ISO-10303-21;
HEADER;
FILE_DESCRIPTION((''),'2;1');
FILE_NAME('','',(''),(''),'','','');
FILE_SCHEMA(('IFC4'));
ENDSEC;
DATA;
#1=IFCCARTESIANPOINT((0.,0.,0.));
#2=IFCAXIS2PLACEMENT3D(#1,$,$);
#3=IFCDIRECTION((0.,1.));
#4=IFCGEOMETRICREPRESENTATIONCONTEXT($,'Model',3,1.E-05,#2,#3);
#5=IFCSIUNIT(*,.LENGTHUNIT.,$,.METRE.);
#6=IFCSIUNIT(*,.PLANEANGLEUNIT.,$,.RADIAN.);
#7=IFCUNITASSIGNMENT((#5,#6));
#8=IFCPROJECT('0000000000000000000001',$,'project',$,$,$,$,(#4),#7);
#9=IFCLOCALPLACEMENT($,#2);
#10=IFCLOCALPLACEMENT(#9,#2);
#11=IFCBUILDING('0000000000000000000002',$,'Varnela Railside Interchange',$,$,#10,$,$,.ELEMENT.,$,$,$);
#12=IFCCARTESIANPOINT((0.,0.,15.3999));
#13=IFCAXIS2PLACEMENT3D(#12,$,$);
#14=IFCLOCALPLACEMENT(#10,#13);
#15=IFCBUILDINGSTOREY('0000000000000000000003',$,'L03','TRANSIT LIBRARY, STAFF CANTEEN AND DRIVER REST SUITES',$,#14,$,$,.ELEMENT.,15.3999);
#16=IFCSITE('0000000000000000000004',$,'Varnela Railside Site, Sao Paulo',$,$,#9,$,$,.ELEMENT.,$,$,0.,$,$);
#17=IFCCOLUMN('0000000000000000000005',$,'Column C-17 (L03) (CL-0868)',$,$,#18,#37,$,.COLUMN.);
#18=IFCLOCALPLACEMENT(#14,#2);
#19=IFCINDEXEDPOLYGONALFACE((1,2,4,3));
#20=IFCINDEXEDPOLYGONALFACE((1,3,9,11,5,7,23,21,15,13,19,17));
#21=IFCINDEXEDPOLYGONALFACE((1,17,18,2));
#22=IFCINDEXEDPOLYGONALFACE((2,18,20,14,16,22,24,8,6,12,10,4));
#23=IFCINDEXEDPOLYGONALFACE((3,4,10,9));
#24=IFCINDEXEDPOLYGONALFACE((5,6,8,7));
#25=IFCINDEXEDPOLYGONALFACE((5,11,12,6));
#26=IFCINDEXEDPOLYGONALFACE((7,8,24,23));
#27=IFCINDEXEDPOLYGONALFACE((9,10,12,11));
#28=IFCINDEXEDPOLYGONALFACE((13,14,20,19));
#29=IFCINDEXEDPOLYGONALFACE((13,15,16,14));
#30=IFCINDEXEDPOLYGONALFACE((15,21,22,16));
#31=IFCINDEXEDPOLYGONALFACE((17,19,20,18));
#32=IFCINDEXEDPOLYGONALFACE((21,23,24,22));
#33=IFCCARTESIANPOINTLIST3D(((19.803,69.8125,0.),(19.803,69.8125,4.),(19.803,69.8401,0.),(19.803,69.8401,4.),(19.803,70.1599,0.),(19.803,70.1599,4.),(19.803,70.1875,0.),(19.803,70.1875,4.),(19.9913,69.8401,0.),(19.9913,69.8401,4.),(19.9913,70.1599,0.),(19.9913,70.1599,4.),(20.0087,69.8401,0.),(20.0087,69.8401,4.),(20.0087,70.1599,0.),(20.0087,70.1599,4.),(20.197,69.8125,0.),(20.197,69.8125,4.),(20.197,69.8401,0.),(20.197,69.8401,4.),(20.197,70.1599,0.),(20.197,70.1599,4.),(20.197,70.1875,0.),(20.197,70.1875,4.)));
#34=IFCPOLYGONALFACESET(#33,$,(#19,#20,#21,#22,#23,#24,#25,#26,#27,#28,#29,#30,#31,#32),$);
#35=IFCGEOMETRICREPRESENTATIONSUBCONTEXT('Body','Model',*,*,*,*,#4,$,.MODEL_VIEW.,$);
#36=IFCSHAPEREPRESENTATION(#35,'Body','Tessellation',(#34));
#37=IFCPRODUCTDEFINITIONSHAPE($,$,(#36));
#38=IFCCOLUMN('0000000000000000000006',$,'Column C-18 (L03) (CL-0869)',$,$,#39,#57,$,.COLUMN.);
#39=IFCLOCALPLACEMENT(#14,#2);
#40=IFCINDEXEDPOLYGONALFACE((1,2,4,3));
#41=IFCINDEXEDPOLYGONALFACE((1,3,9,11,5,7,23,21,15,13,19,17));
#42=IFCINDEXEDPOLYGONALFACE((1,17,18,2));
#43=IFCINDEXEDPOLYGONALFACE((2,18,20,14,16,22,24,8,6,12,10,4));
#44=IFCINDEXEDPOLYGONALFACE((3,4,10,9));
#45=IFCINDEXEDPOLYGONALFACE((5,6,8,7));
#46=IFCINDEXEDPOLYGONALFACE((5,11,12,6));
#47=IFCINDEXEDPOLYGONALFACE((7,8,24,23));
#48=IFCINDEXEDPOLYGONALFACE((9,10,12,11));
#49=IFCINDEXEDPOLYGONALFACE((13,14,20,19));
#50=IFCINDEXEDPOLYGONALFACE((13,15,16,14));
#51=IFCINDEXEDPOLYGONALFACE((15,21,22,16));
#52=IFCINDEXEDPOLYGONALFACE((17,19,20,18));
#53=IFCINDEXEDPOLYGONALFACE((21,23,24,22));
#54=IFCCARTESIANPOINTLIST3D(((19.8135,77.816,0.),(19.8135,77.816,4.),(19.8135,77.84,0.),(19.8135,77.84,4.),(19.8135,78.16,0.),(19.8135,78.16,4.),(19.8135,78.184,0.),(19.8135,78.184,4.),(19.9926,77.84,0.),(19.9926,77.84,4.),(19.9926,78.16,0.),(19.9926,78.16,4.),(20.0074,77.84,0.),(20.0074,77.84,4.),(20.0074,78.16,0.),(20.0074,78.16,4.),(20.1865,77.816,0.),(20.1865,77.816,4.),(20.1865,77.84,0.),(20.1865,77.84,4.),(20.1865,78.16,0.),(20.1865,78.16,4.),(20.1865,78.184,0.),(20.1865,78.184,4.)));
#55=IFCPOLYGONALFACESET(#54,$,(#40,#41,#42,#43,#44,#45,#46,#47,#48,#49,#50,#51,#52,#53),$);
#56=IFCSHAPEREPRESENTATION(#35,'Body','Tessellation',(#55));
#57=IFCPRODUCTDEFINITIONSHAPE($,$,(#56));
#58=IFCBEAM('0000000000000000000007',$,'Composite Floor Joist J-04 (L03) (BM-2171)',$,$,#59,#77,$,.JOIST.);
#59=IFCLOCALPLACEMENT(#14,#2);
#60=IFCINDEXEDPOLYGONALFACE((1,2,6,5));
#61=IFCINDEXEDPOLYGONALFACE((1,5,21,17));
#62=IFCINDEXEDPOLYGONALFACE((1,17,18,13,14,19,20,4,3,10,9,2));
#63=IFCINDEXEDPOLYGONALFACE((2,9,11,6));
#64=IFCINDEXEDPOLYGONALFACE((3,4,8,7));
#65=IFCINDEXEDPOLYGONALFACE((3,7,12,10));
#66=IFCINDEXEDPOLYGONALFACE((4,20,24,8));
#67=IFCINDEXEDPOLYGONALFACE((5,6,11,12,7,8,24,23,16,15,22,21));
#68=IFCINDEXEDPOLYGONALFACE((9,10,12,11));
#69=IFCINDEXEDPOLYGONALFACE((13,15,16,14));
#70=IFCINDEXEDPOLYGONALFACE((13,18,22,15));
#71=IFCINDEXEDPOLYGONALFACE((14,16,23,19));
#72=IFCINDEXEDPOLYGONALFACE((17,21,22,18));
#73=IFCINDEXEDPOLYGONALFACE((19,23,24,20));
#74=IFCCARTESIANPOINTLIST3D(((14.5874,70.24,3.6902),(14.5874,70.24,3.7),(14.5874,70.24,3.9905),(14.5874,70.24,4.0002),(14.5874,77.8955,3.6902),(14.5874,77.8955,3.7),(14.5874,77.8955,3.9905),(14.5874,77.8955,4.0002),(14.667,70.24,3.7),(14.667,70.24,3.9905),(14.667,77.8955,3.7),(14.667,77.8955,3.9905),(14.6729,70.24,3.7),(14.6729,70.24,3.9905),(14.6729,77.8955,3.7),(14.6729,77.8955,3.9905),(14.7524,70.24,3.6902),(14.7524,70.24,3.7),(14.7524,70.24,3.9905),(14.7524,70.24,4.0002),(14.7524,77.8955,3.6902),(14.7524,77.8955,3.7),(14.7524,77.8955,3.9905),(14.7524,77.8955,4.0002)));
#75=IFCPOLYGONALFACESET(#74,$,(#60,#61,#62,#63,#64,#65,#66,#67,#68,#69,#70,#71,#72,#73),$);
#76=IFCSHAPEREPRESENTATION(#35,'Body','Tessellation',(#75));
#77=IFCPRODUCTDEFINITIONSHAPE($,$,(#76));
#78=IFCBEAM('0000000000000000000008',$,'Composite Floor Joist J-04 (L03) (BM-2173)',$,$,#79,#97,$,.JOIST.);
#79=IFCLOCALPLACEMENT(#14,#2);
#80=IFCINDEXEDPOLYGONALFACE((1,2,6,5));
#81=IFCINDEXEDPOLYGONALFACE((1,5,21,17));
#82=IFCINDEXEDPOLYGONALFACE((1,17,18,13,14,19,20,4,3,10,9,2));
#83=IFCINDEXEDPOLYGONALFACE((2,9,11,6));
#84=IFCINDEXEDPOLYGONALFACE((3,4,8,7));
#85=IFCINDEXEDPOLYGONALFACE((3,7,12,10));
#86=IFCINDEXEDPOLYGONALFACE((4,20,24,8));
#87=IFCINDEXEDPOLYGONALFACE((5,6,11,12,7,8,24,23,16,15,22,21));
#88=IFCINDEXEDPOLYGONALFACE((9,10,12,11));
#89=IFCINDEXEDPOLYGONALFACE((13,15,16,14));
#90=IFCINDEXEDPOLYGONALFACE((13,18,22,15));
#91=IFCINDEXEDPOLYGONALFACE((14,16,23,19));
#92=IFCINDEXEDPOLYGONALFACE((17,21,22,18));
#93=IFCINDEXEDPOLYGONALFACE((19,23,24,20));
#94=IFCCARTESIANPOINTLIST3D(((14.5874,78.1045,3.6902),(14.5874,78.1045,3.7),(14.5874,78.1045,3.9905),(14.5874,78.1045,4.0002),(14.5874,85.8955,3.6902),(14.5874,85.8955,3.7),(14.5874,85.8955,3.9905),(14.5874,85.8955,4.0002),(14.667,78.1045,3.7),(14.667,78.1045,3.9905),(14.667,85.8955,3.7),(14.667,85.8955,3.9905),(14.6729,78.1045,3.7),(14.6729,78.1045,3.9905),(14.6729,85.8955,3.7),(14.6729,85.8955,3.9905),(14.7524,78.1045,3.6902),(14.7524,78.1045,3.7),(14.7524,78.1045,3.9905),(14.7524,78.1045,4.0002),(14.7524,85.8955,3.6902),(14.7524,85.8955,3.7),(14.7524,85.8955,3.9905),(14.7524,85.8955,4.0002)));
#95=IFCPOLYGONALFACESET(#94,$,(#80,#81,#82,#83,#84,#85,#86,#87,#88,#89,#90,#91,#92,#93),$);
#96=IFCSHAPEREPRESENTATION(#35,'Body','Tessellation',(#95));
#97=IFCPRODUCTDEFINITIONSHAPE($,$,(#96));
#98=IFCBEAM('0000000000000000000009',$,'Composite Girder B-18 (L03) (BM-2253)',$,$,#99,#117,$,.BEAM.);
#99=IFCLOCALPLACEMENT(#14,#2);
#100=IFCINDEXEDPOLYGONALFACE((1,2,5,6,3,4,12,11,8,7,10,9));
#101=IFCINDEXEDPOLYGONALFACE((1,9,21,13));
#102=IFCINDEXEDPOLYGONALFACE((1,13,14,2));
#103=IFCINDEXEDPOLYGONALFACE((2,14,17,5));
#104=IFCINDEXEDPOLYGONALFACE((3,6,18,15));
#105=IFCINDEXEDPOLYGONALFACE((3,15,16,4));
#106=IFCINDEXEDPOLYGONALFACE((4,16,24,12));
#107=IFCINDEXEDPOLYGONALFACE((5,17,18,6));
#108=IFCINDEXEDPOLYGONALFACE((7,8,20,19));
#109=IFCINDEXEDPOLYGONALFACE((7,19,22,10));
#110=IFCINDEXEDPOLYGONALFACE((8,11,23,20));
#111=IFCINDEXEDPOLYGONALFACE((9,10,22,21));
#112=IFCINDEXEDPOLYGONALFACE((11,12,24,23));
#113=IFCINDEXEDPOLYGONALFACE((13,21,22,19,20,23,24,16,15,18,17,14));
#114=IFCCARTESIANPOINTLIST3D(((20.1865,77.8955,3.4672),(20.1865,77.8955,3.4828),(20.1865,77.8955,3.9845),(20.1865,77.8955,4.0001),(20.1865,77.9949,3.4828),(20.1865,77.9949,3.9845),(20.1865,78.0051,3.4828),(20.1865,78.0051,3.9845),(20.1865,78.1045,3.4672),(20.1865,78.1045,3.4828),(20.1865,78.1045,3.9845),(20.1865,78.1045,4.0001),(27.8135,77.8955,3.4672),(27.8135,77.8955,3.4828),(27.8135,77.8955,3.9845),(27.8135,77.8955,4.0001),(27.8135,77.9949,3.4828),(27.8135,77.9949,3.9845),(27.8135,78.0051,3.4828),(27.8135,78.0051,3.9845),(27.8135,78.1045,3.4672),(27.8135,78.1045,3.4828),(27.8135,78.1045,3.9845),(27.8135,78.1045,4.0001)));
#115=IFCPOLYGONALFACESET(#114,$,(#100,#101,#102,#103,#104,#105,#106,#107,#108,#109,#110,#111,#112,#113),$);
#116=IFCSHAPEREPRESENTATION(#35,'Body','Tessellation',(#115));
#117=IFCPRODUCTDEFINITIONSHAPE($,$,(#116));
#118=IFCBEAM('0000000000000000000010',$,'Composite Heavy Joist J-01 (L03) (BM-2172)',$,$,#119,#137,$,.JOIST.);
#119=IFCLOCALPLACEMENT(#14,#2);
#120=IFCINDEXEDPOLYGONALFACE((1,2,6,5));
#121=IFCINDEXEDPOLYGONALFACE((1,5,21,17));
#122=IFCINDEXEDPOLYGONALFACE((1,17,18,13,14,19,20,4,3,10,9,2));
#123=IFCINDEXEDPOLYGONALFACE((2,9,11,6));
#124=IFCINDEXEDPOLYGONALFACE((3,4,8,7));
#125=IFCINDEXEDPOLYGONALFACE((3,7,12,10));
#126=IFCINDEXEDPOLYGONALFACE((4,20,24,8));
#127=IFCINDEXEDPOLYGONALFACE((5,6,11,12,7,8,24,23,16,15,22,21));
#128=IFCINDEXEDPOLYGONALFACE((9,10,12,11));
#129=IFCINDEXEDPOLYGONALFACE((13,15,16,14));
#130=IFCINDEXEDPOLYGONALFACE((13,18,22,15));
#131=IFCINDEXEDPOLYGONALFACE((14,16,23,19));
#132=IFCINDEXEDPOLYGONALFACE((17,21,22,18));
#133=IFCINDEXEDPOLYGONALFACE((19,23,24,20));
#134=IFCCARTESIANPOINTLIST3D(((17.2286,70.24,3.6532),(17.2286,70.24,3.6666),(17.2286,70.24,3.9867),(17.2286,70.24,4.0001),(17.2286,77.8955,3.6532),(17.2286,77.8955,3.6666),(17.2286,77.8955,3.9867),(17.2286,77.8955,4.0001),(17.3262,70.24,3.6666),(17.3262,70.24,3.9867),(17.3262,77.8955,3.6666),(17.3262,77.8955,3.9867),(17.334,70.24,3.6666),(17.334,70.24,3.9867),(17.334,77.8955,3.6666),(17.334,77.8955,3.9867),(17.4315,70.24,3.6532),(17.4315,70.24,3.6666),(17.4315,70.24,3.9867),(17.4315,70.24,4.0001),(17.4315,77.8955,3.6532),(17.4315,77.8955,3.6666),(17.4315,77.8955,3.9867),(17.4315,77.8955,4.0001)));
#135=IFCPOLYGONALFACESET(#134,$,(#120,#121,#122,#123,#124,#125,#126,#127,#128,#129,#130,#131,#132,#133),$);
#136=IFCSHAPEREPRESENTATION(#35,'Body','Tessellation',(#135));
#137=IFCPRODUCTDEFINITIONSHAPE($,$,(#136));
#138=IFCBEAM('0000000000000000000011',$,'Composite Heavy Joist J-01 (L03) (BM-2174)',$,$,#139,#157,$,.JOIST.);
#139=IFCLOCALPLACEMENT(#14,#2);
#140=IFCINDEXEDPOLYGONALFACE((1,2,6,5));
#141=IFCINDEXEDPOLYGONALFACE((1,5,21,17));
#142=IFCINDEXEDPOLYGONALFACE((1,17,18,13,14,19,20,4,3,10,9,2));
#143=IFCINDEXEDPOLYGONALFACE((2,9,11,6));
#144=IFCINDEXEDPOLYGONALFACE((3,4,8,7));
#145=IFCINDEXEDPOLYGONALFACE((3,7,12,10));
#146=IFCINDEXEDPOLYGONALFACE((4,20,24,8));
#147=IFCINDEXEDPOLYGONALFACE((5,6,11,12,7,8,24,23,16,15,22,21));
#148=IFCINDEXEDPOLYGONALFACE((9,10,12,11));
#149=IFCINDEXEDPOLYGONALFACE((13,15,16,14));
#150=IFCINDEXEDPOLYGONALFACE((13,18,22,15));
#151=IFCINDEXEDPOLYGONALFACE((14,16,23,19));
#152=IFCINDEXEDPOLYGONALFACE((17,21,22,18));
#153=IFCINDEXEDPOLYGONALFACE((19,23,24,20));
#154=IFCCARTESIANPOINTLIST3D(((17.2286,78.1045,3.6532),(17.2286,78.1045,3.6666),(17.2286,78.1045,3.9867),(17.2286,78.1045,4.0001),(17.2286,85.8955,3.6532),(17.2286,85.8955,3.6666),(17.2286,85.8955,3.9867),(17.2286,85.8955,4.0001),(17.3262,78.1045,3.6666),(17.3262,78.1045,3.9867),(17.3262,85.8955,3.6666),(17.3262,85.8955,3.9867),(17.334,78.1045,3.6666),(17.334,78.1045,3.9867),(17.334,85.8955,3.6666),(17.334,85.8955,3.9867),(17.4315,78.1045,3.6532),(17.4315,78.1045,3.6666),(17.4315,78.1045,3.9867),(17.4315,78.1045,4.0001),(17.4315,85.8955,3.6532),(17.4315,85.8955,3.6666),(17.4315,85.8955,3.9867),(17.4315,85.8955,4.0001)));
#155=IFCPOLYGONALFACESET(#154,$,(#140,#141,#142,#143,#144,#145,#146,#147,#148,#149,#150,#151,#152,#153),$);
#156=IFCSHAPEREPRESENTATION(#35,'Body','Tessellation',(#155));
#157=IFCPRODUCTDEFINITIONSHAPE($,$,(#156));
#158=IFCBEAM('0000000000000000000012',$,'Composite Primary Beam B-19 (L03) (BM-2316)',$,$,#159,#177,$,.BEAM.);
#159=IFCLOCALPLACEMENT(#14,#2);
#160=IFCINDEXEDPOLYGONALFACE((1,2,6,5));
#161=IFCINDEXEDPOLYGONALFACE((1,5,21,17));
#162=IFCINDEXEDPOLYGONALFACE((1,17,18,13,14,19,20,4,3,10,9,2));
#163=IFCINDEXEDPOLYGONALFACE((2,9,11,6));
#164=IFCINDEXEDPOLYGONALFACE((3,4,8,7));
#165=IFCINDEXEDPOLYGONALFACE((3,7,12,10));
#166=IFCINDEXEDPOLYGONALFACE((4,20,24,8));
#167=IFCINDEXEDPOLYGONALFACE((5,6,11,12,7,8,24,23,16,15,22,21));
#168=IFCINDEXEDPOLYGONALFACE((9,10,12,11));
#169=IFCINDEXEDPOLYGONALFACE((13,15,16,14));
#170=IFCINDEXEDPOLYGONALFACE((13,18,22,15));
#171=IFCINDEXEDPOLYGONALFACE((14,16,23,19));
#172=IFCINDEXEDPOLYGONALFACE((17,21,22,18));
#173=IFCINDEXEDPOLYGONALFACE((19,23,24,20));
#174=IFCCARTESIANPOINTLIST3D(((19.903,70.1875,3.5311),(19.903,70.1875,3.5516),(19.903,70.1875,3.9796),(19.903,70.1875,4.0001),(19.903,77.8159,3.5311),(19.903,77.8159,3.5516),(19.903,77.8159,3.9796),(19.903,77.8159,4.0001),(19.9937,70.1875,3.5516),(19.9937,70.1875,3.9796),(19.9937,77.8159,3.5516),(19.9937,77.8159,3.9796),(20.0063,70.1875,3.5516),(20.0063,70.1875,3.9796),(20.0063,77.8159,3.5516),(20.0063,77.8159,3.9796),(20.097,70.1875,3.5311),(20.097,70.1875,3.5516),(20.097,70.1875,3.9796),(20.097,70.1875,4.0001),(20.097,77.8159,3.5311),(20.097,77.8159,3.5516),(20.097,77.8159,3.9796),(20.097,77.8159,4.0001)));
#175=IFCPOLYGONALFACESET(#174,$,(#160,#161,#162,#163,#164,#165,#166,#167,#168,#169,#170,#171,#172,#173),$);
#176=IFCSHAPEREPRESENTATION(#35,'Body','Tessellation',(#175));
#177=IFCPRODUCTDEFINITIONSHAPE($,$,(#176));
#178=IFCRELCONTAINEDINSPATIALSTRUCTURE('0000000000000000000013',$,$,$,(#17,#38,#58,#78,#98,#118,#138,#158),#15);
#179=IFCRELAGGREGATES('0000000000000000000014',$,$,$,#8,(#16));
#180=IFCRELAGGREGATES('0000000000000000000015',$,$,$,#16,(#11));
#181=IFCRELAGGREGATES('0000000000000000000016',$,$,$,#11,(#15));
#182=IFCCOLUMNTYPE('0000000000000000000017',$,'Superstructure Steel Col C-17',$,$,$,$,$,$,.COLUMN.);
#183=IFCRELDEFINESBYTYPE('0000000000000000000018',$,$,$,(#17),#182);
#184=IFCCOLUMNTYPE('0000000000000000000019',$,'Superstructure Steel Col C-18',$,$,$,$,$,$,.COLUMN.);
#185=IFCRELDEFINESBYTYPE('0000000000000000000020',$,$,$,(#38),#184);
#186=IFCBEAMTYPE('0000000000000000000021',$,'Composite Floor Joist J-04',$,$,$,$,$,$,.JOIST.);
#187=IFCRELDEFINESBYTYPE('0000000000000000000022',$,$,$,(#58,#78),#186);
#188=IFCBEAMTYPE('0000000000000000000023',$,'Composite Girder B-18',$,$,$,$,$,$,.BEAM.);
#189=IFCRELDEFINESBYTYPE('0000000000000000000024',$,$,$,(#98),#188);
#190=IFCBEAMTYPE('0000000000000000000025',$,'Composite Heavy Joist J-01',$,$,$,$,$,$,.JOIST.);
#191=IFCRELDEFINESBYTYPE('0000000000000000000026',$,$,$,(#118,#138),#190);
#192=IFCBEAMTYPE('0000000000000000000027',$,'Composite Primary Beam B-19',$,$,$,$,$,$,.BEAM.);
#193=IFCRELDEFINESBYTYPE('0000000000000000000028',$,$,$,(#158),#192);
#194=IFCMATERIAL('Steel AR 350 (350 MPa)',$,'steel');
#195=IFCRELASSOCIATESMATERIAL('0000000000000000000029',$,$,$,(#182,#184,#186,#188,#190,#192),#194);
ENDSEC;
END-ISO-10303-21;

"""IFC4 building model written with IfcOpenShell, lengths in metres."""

from ifc_helpers import new_model, si_unit, direction, frame, origin, origin_2d, place, context, subcontext, project, spatial, i_section, extrude, material, material_profile, profile_set, type_object, element, save


model = new_model("IFC4")

# Units and contexts
model_context = context("Model", 3, precision=1e-05, world=origin(), true_north=direction((0.0, 1.0)))
body_context = subcontext(model_context, "Body", "Model", "MODEL_VIEW")
ifc_project = project(units=[si_unit("LENGTHUNIT", "METRE"), si_unit("PLANEANGLEUNIT", "RADIAN")], contexts=[model_context])

# Site, building, storey
site_placement = place(None, origin())
site = spatial("IfcSite", under=ifc_project, at=site_placement, Name="Varnela Railside Site, Sao Paulo", CompositionType="ELEMENT", RefElevation=0.0)
building_placement = place(site_placement, origin())
building = spatial("IfcBuilding", under=site, at=building_placement, Name="Varnela Railside Interchange", CompositionType="ELEMENT")
storey_placement = place(building_placement, frame((0.0, 0.0, 15.3999)))
storey = spatial("IfcBuildingStorey", under=building, at=storey_placement, Name="L03", Description="TRANSIT LIBRARY, STAFF CANTEEN AND DRIVER REST SUITES", CompositionType="ELEMENT", Elevation=15.3999)

# Columns
ifc_material_1 = material(Name="Steel AR 350 (350 MPa)", Category="steel")
ifc_material_profile_1 = material_profile(ifc_material_1, i_section(OverallWidth=0.394, OverallDepth=0.375, WebThickness=0.0173, FlangeThickness=0.0276, at=origin_2d()), Name="W360x216")
ifc_profile_set_1 = profile_set([ifc_material_profile_1], Name="Steel AR 350 (350 MPa)")
column_type_1 = type_object("IfcColumnType", Name="Superstructure Steel Col C-17", PredefinedType="COLUMN", material=ifc_profile_set_1)
column_1_placement = place(storey_placement, frame((20.0, 70.0, 0.0), z_axis=(0.0, 0.0, 1.0), x_axis=(1.0, 0.0, 0.0)))
element("IfcColumn", 1, at=column_1_placement, inside=storey, type_object=column_type_1, Name="Column C-17 (L03) (CL-0868)", PredefinedType="COLUMN", context=body_context, shape_type="SweptSolid", body=[
    extrude(i_section(OverallWidth=0.394, OverallDepth=0.375, WebThickness=0.0173, FlangeThickness=0.0276, at=origin_2d()), origin(), (0.0, 0.0, 1.0), 4.0),
])
ifc_material_profile_2 = material_profile(ifc_material_1, i_section(OverallWidth=0.373, OverallDepth=0.3679, WebThickness=0.0149, FlangeThickness=0.0239, at=origin_2d()), Name="W360x179")
ifc_profile_set_2 = profile_set([ifc_material_profile_2], Name="Steel AR 350 (350 MPa)")
column_type_2 = type_object("IfcColumnType", Name="Superstructure Steel Col C-18", PredefinedType="COLUMN", material=ifc_profile_set_2)
column_2_placement = place(storey_placement, frame((20.0, 78.0, 0.0), z_axis=(0.0, 0.0, 1.0), x_axis=(1.0, 0.0, 0.0)))
element("IfcColumn", 2, at=column_2_placement, inside=storey, type_object=column_type_2, Name="Column C-18 (L03) (CL-0869)", PredefinedType="COLUMN", context=body_context, shape_type="SweptSolid", body=[
    extrude(i_section(OverallWidth=0.373, OverallDepth=0.3679, WebThickness=0.0149, FlangeThickness=0.0239, at=origin_2d()), origin(), (0.0, 0.0, 1.0), 4.0),
])

# Beams
ifc_material_profile_3 = material_profile(ifc_material_1, i_section(OverallWidth=0.165, OverallDepth=0.3101, WebThickness=0.0059, FlangeThickness=0.0098, at=origin_2d()), Name="W310x38.7")
ifc_profile_set_3 = profile_set([ifc_material_profile_3], Name="Steel AR 350 (350 MPa)")
beam_type_1 = type_object("IfcBeamType", Name="Composite Floor Joist J-04", PredefinedType="JOIST", material=ifc_profile_set_3)
beam_1_placement = place(storey_placement, frame((14.6699, 70.24, 3.8452), z_axis=(0.0, 1.0, 0.0), x_axis=(-1.0, 0.0, 0.0)))
element("IfcBeam", 3, at=beam_1_placement, inside=storey, type_object=beam_type_1, Name="Composite Floor Joist J-04 (L03) (BM-2171)", PredefinedType="JOIST", context=body_context, shape_type="SweptSolid", body=[
    extrude(i_section(OverallWidth=0.165, OverallDepth=0.3101, WebThickness=0.0059, FlangeThickness=0.0098, at=origin_2d()), origin(), (0.0, 0.0, 1.0), 7.6555),
])
beam_2_placement = place(storey_placement, frame((14.6699, 78.1045, 3.8452), z_axis=(0.0, 1.0, 0.0), x_axis=(-1.0, 0.0, 0.0)))
element("IfcBeam", 4, at=beam_2_placement, inside=storey, type_object=beam_type_1, Name="Composite Floor Joist J-04 (L03) (BM-2173)", PredefinedType="JOIST", context=body_context, shape_type="SweptSolid", body=[
    extrude(i_section(OverallWidth=0.165, OverallDepth=0.3101, WebThickness=0.0059, FlangeThickness=0.0098, at=origin_2d()), origin(), (0.0, 0.0, 1.0), 7.791),
])
ifc_material_profile_4 = material_profile(ifc_material_1, i_section(OverallWidth=0.209, OverallDepth=0.533, WebThickness=0.0103, FlangeThickness=0.0156, at=origin_2d()), Name="W530x92")
ifc_profile_set_4 = profile_set([ifc_material_profile_4], Name="Steel AR 350 (350 MPa)")
beam_type_2 = type_object("IfcBeamType", Name="Composite Girder B-18", PredefinedType="BEAM", material=ifc_profile_set_4)
beam_3_placement = place(storey_placement, frame((20.1865, 78.0, 3.7336), z_axis=(1.0, 0.0, 0.0), x_axis=(0.0, 1.0, 0.0)))
element("IfcBeam", 5, at=beam_3_placement, inside=storey, type_object=beam_type_2, Name="Composite Girder B-18 (L03) (BM-2253)", PredefinedType="BEAM", context=body_context, shape_type="SweptSolid", body=[
    extrude(i_section(OverallWidth=0.209, OverallDepth=0.533, WebThickness=0.0103, FlangeThickness=0.0156, at=origin_2d()), origin(), (0.0, 0.0, 1.0), 7.627),
])
ifc_material_profile_5 = material_profile(ifc_material_1, i_section(OverallWidth=0.2029, OverallDepth=0.3469, WebThickness=0.0078, FlangeThickness=0.0134, at=origin_2d()), Name="W360x64")
ifc_profile_set_5 = profile_set([ifc_material_profile_5], Name="Steel AR 350 (350 MPa)")
beam_type_3 = type_object("IfcBeamType", Name="Composite Heavy Joist J-01", PredefinedType="JOIST", material=ifc_profile_set_5)
beam_4_placement = place(storey_placement, frame((17.3301, 70.24, 3.8267), z_axis=(0.0, 1.0, 0.0), x_axis=(-1.0, 0.0, 0.0)))
element("IfcBeam", 6, at=beam_4_placement, inside=storey, type_object=beam_type_3, Name="Composite Heavy Joist J-01 (L03) (BM-2172)", PredefinedType="JOIST", context=body_context, shape_type="SweptSolid", body=[
    extrude(i_section(OverallWidth=0.2029, OverallDepth=0.3469, WebThickness=0.0078, FlangeThickness=0.0134, at=origin_2d()), origin(), (0.0, 0.0, 1.0), 7.6555),
])
beam_5_placement = place(storey_placement, frame((17.3301, 78.1045, 3.8267), z_axis=(0.0, 1.0, 0.0), x_axis=(-1.0, 0.0, 0.0)))
element("IfcBeam", 7, at=beam_5_placement, inside=storey, type_object=beam_type_3, Name="Composite Heavy Joist J-01 (L03) (BM-2174)", PredefinedType="JOIST", context=body_context, shape_type="SweptSolid", body=[
    extrude(i_section(OverallWidth=0.2029, OverallDepth=0.3469, WebThickness=0.0078, FlangeThickness=0.0134, at=origin_2d()), origin(), (0.0, 0.0, 1.0), 7.791),
])
ifc_material_profile_6 = material_profile(ifc_material_1, i_section(OverallWidth=0.1941, OverallDepth=0.469, WebThickness=0.0127, FlangeThickness=0.0205, at=origin_2d()), Name="W460x106")
ifc_profile_set_6 = profile_set([ifc_material_profile_6], Name="Steel AR 350 (350 MPa)")
beam_type_4 = type_object("IfcBeamType", Name="Composite Primary Beam B-19", PredefinedType="BEAM", material=ifc_profile_set_6)
beam_6_placement = place(storey_placement, frame((20.0, 70.1875, 3.7656), z_axis=(0.0, 1.0, 0.0), x_axis=(-1.0, 0.0, 0.0)))
element("IfcBeam", 8, at=beam_6_placement, inside=storey, type_object=beam_type_4, Name="Composite Primary Beam B-19 (L03) (BM-2316)", PredefinedType="BEAM", context=body_context, shape_type="SweptSolid", body=[
    extrude(i_section(OverallWidth=0.1941, OverallDepth=0.469, WebThickness=0.0127, FlangeThickness=0.0205, at=origin_2d()), origin(), (0.0, 0.0, 1.0), 7.6284),
])

save(model, "model.ifc")
